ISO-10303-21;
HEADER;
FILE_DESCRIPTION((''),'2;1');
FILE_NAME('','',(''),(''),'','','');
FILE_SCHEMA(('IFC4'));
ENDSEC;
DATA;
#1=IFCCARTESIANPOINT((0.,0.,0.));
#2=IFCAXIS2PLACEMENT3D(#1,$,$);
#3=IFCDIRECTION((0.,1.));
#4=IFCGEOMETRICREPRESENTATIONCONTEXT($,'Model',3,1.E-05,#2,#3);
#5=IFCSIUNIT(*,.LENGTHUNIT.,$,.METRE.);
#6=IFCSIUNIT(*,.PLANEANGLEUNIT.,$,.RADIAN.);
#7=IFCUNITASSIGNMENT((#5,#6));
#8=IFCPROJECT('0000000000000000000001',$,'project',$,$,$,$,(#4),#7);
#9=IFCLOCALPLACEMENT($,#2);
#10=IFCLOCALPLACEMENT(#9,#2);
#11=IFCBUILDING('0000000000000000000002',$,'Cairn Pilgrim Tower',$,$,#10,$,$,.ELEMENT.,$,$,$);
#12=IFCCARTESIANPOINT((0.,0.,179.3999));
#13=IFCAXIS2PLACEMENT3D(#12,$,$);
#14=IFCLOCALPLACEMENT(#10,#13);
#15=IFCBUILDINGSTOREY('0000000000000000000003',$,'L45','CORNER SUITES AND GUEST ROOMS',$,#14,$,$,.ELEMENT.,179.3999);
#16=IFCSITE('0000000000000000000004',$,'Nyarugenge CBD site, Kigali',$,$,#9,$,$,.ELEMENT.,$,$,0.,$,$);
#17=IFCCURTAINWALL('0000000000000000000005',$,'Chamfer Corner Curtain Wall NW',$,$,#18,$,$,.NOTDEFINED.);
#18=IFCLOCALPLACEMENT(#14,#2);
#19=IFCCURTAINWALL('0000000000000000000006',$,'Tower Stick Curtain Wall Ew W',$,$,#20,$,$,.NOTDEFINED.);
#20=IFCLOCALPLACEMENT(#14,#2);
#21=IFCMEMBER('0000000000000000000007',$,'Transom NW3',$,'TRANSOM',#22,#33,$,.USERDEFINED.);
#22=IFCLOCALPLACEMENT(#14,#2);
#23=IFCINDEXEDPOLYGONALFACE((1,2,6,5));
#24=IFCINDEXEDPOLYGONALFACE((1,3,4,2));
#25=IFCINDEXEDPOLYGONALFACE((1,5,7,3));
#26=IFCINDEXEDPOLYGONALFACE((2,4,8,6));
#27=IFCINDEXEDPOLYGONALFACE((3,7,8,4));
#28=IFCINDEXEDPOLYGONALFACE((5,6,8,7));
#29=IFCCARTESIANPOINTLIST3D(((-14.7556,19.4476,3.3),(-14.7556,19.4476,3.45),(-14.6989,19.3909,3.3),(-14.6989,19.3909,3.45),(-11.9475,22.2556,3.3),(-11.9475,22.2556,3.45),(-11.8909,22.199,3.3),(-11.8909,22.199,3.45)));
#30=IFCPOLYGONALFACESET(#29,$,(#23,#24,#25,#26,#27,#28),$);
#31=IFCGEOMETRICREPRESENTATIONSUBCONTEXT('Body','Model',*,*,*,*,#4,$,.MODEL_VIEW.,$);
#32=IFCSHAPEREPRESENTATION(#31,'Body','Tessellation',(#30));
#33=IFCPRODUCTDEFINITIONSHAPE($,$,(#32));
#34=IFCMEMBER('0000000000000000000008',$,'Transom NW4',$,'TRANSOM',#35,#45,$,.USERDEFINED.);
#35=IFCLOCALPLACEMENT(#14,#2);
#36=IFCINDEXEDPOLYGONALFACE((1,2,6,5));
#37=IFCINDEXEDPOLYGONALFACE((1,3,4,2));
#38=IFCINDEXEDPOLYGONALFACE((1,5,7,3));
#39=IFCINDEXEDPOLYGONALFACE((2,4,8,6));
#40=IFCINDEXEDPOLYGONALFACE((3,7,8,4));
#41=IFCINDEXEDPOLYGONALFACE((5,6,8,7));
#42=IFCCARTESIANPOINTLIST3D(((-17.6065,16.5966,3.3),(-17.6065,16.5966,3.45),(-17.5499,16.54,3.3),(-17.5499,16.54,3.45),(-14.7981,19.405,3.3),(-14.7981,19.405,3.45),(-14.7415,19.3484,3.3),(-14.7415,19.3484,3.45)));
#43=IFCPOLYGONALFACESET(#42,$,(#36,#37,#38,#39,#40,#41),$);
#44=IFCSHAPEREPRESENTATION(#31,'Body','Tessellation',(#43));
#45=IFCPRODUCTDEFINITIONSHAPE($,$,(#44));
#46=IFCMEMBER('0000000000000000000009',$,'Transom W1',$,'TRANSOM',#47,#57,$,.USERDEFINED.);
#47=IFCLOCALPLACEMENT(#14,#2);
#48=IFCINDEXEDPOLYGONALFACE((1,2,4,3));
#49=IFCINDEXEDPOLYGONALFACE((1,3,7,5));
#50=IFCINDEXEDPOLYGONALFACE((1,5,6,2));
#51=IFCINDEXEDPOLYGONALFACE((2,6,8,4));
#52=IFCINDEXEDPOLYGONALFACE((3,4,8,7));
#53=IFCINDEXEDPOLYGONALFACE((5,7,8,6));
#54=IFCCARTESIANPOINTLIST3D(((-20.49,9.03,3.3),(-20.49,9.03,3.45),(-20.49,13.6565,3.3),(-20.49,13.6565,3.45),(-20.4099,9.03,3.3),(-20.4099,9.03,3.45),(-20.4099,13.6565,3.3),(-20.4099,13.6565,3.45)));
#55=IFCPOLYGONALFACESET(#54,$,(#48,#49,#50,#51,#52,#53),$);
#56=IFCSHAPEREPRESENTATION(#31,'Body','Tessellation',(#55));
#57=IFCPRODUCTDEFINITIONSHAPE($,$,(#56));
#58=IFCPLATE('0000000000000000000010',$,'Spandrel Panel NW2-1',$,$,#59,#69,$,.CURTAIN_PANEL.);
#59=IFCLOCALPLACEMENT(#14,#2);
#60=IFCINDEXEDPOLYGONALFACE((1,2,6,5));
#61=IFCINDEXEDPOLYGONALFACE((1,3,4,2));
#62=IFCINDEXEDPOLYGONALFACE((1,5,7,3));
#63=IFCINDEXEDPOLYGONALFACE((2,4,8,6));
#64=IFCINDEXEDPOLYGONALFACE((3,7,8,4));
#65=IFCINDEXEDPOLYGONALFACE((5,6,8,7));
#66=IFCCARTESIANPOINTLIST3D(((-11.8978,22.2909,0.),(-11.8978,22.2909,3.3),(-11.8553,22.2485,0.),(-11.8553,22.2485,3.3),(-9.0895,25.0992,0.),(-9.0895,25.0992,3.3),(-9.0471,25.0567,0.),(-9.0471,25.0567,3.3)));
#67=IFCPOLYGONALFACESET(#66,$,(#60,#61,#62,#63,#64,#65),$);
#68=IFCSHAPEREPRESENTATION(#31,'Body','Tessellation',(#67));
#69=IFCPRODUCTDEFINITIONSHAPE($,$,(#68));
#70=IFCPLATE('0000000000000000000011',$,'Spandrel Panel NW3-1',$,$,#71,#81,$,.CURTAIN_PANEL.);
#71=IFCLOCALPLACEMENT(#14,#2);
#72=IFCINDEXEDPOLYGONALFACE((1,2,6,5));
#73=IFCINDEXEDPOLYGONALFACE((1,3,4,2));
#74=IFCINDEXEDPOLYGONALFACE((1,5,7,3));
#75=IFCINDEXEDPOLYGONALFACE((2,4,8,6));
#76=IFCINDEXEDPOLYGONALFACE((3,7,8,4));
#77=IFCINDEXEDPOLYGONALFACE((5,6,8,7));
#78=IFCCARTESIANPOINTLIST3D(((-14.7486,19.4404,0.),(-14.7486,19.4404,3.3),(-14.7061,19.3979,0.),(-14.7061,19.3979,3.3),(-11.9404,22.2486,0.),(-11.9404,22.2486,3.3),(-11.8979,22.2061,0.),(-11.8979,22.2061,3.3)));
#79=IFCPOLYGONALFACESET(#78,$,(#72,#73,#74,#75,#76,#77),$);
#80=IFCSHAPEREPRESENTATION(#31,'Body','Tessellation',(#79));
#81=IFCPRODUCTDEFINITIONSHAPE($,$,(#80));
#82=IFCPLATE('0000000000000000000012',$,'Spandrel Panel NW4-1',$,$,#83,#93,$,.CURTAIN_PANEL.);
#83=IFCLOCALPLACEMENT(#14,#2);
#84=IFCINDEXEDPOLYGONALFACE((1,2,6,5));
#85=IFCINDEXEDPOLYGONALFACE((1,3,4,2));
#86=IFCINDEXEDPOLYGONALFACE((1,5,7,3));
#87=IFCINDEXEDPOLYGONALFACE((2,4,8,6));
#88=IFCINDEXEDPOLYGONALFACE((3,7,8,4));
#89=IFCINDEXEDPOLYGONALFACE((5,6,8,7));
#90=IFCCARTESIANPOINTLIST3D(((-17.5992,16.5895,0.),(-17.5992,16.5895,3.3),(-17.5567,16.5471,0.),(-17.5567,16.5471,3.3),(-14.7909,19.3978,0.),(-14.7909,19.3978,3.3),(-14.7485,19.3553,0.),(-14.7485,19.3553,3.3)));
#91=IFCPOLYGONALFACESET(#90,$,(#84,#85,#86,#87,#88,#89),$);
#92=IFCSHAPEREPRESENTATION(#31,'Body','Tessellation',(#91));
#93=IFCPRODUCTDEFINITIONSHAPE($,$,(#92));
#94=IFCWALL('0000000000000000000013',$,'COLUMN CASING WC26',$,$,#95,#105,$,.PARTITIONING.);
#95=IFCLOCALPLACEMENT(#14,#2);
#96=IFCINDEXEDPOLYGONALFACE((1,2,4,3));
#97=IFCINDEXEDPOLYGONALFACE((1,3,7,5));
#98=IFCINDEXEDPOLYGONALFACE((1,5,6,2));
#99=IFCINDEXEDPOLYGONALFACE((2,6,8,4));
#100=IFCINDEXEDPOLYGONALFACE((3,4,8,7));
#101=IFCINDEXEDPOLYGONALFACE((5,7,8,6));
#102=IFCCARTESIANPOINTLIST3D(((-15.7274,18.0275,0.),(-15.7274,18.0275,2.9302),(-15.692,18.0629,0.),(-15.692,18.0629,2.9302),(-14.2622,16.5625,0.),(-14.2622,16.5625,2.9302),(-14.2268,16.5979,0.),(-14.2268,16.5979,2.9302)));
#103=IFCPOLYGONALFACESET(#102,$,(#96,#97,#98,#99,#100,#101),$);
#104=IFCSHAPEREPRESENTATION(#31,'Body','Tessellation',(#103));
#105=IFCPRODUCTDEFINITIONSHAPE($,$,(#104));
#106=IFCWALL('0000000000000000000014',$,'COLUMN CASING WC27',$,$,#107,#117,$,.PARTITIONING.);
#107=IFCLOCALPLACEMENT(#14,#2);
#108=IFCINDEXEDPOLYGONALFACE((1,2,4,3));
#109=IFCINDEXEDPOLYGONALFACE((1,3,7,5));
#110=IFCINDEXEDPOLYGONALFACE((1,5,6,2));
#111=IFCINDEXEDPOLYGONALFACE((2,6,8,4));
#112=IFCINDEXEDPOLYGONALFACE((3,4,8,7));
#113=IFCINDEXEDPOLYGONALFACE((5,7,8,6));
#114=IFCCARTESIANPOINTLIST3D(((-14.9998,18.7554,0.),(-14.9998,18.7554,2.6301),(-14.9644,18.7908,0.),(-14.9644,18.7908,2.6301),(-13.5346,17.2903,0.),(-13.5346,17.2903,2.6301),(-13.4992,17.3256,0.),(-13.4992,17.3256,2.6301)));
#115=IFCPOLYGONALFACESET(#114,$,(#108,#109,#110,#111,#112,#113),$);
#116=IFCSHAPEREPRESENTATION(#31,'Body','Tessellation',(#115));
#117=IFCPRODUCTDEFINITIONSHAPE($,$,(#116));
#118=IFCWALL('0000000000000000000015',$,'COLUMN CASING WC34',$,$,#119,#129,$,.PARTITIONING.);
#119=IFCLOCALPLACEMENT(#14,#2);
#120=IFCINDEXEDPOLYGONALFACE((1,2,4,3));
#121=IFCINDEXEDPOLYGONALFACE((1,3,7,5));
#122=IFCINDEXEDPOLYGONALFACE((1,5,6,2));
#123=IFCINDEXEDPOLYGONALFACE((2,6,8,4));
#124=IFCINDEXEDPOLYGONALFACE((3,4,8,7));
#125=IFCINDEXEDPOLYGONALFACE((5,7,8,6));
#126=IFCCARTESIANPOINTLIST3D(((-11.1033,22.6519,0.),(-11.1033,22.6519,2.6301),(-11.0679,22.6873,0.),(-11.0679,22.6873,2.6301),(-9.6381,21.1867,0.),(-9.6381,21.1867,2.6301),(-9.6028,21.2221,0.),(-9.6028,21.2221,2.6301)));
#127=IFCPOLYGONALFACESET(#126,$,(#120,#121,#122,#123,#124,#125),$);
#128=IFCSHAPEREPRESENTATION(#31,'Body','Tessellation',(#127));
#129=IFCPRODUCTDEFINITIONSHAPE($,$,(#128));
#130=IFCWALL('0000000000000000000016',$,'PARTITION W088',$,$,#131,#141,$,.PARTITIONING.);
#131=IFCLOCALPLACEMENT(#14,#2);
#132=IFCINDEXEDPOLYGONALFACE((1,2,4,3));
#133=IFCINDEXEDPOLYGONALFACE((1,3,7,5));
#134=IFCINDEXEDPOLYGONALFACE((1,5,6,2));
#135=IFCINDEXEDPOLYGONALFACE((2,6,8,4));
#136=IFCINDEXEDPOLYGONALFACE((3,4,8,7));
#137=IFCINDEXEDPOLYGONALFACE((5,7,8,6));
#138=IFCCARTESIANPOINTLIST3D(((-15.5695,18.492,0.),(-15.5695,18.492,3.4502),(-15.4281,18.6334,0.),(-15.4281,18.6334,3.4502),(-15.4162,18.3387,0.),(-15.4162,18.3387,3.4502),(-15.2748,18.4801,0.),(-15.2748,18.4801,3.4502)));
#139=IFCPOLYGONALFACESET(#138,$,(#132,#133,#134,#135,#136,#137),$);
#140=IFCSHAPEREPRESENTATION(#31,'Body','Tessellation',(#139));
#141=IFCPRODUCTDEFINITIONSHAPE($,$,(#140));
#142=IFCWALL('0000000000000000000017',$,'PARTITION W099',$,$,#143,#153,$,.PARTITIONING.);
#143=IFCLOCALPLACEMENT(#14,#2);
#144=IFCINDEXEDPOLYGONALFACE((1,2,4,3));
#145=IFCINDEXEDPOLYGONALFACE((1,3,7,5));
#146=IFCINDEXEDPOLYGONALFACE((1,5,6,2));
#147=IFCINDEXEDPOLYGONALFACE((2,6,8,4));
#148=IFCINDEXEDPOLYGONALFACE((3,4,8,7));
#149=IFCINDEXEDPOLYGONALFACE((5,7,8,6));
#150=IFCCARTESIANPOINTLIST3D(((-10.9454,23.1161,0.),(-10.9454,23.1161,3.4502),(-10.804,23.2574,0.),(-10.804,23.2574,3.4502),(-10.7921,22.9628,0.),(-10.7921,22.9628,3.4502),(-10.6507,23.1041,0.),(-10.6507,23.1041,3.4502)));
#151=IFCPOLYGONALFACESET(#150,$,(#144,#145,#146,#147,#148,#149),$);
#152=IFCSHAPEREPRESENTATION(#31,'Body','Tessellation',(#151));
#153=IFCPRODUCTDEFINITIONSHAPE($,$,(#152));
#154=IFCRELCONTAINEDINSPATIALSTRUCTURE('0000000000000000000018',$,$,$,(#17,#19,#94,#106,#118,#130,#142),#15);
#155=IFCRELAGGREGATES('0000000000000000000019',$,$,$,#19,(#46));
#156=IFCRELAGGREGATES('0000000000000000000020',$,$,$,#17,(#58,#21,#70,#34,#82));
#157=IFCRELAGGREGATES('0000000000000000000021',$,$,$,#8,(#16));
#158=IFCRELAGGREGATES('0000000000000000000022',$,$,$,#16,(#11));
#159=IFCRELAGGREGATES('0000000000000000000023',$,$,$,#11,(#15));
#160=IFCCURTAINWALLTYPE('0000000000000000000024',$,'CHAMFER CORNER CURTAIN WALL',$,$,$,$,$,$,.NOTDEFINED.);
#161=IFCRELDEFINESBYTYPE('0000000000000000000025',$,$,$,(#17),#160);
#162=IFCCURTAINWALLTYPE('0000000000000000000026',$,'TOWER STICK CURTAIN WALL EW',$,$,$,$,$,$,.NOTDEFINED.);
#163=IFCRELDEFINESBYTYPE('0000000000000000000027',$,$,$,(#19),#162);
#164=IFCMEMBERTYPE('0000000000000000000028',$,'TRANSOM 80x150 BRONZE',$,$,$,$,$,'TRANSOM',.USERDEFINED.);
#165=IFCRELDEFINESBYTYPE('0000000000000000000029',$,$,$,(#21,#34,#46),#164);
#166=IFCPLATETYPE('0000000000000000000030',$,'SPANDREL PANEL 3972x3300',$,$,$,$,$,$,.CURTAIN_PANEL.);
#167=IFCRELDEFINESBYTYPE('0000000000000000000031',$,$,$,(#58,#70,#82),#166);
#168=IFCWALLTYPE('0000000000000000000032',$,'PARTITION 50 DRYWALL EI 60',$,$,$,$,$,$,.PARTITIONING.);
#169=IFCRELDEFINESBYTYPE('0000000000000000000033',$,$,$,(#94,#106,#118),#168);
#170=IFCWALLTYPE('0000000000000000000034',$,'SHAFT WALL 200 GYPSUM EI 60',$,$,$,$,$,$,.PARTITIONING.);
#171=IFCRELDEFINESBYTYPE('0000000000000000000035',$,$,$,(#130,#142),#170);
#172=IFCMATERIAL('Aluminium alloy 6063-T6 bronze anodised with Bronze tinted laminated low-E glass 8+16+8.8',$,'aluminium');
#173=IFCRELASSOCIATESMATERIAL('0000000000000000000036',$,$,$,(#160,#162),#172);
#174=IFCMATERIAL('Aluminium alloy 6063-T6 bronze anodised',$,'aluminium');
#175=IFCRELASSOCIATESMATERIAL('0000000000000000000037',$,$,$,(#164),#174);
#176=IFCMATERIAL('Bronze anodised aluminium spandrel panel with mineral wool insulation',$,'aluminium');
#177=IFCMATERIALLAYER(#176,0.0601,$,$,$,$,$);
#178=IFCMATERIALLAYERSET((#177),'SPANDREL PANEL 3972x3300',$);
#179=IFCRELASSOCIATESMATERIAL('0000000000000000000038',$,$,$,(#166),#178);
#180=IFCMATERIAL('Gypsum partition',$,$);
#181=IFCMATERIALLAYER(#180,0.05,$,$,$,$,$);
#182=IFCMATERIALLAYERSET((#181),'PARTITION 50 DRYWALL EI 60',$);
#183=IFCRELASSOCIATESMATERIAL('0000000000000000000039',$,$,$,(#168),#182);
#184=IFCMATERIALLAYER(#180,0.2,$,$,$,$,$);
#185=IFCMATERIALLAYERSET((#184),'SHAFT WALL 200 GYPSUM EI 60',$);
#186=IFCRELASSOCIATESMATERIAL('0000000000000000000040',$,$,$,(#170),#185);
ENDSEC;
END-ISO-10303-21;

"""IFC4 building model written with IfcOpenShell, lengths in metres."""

from ifc_helpers import new_model, si_unit, direction, frame, frame_2d, origin, origin_2d, place, context, subcontext, project, spatial, rectangle, extrude, material, layer, layer_set, material_profile, profile_set, type_object, element, aggregate, save


model = new_model("IFC4")

# Units and contexts
model_context = context("Model", 3, precision=1e-05, world=origin(), true_north=direction((0.0, 1.0)))
body_context = subcontext(model_context, "Body", "Model", "MODEL_VIEW")
ifc_project = project(units=[si_unit("LENGTHUNIT", "METRE"), si_unit("PLANEANGLEUNIT", "RADIAN")], contexts=[model_context])

# Site, building, storey
site_placement = place(None, origin())
site = spatial("IfcSite", under=ifc_project, at=site_placement, Name="Nyarugenge CBD site, Kigali", CompositionType="ELEMENT", RefElevation=0.0)
building_placement = place(site_placement, origin())
building = spatial("IfcBuilding", under=site, at=building_placement, Name="Cairn Pilgrim Tower", CompositionType="ELEMENT")
storey_placement = place(building_placement, frame((0.0, 0.0, 179.3999)))
storey = spatial("IfcBuildingStorey", under=building, at=storey_placement, Name="L45", Description="CORNER SUITES AND GUEST ROOMS", CompositionType="ELEMENT", Elevation=179.3999)

# Curtain wall
ifc_material_1 = material(Name="Aluminium alloy 6063-T6 bronze anodised with Bronze tinted laminated low-E glass 8+16+8.8", Category="aluminium")
curtain_wall_type_1 = type_object("IfcCurtainWallType", Name="CHAMFER CORNER CURTAIN WALL", PredefinedType="NOTDEFINED", material=ifc_material_1)
curtain_wall_1_placement = place(storey_placement, origin())
curtain_wall_1 = element("IfcCurtainWall", 1, at=curtain_wall_1_placement, inside=storey, type_object=curtain_wall_type_1, Name="Chamfer Corner Curtain Wall NW", PredefinedType="NOTDEFINED")
ifc_material_2 = material(Name="Aluminium alloy 6063-T6 bronze anodised", Category="aluminium")

# Curtain wall
curtain_wall_type_2 = type_object("IfcCurtainWallType", Name="TOWER STICK CURTAIN WALL EW", PredefinedType="NOTDEFINED", material=ifc_material_1)
curtain_wall_2_placement = place(storey_placement, origin())
curtain_wall_2 = element("IfcCurtainWall", 2, at=curtain_wall_2_placement, inside=storey, type_object=curtain_wall_type_2, Name="Tower Stick Curtain Wall Ew W", PredefinedType="NOTDEFINED")

# Members
ifc_material_profile_1 = material_profile(ifc_material_2, rectangle(XDim=0.0801, YDim=0.1499, at=origin_2d()), Name="TRANSOM 80x150 BRONZE")
ifc_profile_set_1 = profile_set([ifc_material_profile_1], Name="Aluminium alloy 6063-T6 bronze anodised")
member_type_1 = type_object("IfcMemberType", Name="TRANSOM 80x150 BRONZE", ElementType="TRANSOM", PredefinedType="USERDEFINED", material=ifc_profile_set_1)
member_1_placement = place(storey_placement, frame((-11.9192, 22.2273, 3.375), z_axis=(-0.707107, -0.707107, 0.0), x_axis=(0.707107, -0.707107, 0.0)))
member_1 = element("IfcMember", 3, at=member_1_placement, type_object=member_type_1, Name="Transom NW3", ObjectType="TRANSOM", PredefinedType="USERDEFINED", context=body_context, shape_type="SweptSolid", body=[
    extrude(rectangle(XDim=0.0801, YDim=0.1499, at=origin_2d()), origin(), (0.0, 0.0, 1.0), 3.9712),
])
member_2_placement = place(storey_placement, frame((-14.7698, 19.3767, 3.375), z_axis=(-0.707107, -0.707107, 0.0), x_axis=(0.707107, -0.707107, 0.0)))
member_2 = element("IfcMember", 4, at=member_2_placement, type_object=member_type_1, Name="Transom NW4", ObjectType="TRANSOM", PredefinedType="USERDEFINED", context=body_context, shape_type="SweptSolid", body=[
    extrude(rectangle(XDim=0.0801, YDim=0.1499, at=origin_2d()), origin(), (0.0, 0.0, 1.0), 3.9717),
])
member_3_placement = place(storey_placement, frame((-20.45, 13.6565, 3.375), z_axis=(0.0, -1.0, 0.0), x_axis=(1.0, 0.0, 0.0)))
member_3 = element("IfcMember", 5, at=member_3_placement, type_object=member_type_1, Name="Transom W1", ObjectType="TRANSOM", PredefinedType="USERDEFINED", context=body_context, shape_type="SweptSolid", body=[
    extrude(rectangle(XDim=0.0801, YDim=0.1499, at=origin_2d()), origin(), (0.0, 0.0, 1.0), 4.6265),
])
aggregate(curtain_wall_2, [member_3])

# Plates
ifc_material_3 = material(Name="Bronze anodised aluminium spandrel panel with mineral wool insulation", Category="aluminium")
ifc_layer_1 = layer(ifc_material_3, 0.0601)
ifc_layer_set_1 = layer_set([ifc_layer_1], Name="SPANDREL PANEL 3972x3300")
plate_type = type_object("IfcPlateType", Name="SPANDREL PANEL 3972x3300", PredefinedType="CURTAIN_PANEL", material=ifc_layer_set_1)
plate_1_placement = place(storey_placement, frame((-10.4724, 23.6738, 0.0), z_axis=(0.0, 0.0, 1.0), x_axis=(-0.707107, -0.707107, 0.0)))
plate_1 = element("IfcPlate", 6, at=plate_1_placement, type_object=plate_type, Name="Spandrel Panel NW2-1", PredefinedType="CURTAIN_PANEL", context=body_context, shape_type="SweptSolid", body=[
    extrude(rectangle(XDim=3.9714, YDim=0.0601, at=origin_2d()), origin(), (0.0, 0.0, 1.0), 3.3),
])
plate_2_placement = place(storey_placement, frame((-13.3232, 20.8232, 0.0), z_axis=(0.0, 0.0, 1.0), x_axis=(-0.707107, -0.707107, 0.0)))
plate_2 = element("IfcPlate", 7, at=plate_2_placement, type_object=plate_type, Name="Spandrel Panel NW3-1", PredefinedType="CURTAIN_PANEL", context=body_context, shape_type="SweptSolid", body=[
    extrude(rectangle(XDim=3.9714, YDim=0.0601, at=origin_2d()), origin(), (0.0, 0.0, 1.0), 3.3),
])
plate_3_placement = place(storey_placement, frame((-16.1738, 17.9724, 0.0), z_axis=(0.0, 0.0, 1.0), x_axis=(-0.707107, -0.707107, 0.0)))
plate_3 = element("IfcPlate", 8, at=plate_3_placement, type_object=plate_type, Name="Spandrel Panel NW4-1", PredefinedType="CURTAIN_PANEL", context=body_context, shape_type="SweptSolid", body=[
    extrude(rectangle(XDim=3.9714, YDim=0.0601, at=origin_2d()), origin(), (0.0, 0.0, 1.0), 3.3),
])
aggregate(curtain_wall_1, [plate_1, member_1, plate_2, member_2, plate_3])

# Walls
ifc_material_4 = material(Name="Gypsum partition")
ifc_layer_2 = layer(ifc_material_4, 0.05)
ifc_layer_set_2 = layer_set([ifc_layer_2], Name="PARTITION 50 DRYWALL EI 60")
wall_type_1 = type_object("IfcWallType", Name="PARTITION 50 DRYWALL EI 60", PredefinedType="PARTITIONING", material=ifc_layer_set_2)
wall_1_placement = place(storey_placement, frame((-14.2444, 16.5801, 0.0), z_axis=(0.0, 0.0, 1.0), x_axis=(-0.707166, 0.707048, 0.0)))
element("IfcWall", 9, at=wall_1_placement, inside=storey, type_object=wall_type_1, Name="COLUMN CASING WC26", PredefinedType="PARTITIONING", context=body_context, shape_type="SweptSolid", body=[
    extrude(rectangle(XDim=2.072, YDim=0.05, at=frame_2d((1.0361, 0.0))), origin(), (0.0, 0.0, 1.0), 2.9302),
])
for number, where, z_axis, x_axis, name in (
    (10, (-13.5168, 17.3079, 0.0), (0.0, 0.0, 1.0), (-0.707107, 0.707107, 0.0), "COLUMN CASING WC27"),
    (11, (-9.6204, 21.2043, 0.0), (0.0, 0.0, 1.0), (-0.707107, 0.707107, 0.0), "COLUMN CASING WC34"),
):
    element("IfcWall", number, at=place(storey_placement, frame(where, z_axis=z_axis, x_axis=x_axis)), inside=storey, type_object=wall_type_1, Name=name, PredefinedType="PARTITIONING", context=body_context, shape_type="SweptSolid", body=[
        extrude(rectangle(XDim=2.072, YDim=0.05, at=frame_2d((1.0361, 0.0))), origin(), (0.0, 0.0, 1.0), 2.6301),
    ])
ifc_layer_3 = layer(ifc_material_4, 0.2)
ifc_layer_set_3 = layer_set([ifc_layer_3], Name="SHAFT WALL 200 GYPSUM EI 60")
wall_type_2 = type_object("IfcWallType", Name="SHAFT WALL 200 GYPSUM EI 60", PredefinedType="PARTITIONING", material=ifc_layer_set_3)
for number, where, z_axis, x_axis, name in (
    (12, (-15.3455, 18.4094, 0.0), (0.0, 0.0, 1.0), (-0.707107, 0.707107, 0.0), "PARTITION W088"),
    (13, (-10.7214, 23.0334, 0.0), (0.0, 0.0, 1.0), (-0.707107, 0.707107, 0.0), "PARTITION W099"),
):
    element("IfcWall", number, at=place(storey_placement, frame(where, z_axis=z_axis, x_axis=x_axis)), inside=storey, type_object=wall_type_2, Name=name, PredefinedType="PARTITIONING", context=body_context, shape_type="SweptSolid", body=[
        extrude(rectangle(XDim=0.2168, YDim=0.2, at=frame_2d((0.1084, 0.0))), origin(), (0.0, 0.0, 1.0), 3.4502),
    ])

save(model, "model.ifc")
